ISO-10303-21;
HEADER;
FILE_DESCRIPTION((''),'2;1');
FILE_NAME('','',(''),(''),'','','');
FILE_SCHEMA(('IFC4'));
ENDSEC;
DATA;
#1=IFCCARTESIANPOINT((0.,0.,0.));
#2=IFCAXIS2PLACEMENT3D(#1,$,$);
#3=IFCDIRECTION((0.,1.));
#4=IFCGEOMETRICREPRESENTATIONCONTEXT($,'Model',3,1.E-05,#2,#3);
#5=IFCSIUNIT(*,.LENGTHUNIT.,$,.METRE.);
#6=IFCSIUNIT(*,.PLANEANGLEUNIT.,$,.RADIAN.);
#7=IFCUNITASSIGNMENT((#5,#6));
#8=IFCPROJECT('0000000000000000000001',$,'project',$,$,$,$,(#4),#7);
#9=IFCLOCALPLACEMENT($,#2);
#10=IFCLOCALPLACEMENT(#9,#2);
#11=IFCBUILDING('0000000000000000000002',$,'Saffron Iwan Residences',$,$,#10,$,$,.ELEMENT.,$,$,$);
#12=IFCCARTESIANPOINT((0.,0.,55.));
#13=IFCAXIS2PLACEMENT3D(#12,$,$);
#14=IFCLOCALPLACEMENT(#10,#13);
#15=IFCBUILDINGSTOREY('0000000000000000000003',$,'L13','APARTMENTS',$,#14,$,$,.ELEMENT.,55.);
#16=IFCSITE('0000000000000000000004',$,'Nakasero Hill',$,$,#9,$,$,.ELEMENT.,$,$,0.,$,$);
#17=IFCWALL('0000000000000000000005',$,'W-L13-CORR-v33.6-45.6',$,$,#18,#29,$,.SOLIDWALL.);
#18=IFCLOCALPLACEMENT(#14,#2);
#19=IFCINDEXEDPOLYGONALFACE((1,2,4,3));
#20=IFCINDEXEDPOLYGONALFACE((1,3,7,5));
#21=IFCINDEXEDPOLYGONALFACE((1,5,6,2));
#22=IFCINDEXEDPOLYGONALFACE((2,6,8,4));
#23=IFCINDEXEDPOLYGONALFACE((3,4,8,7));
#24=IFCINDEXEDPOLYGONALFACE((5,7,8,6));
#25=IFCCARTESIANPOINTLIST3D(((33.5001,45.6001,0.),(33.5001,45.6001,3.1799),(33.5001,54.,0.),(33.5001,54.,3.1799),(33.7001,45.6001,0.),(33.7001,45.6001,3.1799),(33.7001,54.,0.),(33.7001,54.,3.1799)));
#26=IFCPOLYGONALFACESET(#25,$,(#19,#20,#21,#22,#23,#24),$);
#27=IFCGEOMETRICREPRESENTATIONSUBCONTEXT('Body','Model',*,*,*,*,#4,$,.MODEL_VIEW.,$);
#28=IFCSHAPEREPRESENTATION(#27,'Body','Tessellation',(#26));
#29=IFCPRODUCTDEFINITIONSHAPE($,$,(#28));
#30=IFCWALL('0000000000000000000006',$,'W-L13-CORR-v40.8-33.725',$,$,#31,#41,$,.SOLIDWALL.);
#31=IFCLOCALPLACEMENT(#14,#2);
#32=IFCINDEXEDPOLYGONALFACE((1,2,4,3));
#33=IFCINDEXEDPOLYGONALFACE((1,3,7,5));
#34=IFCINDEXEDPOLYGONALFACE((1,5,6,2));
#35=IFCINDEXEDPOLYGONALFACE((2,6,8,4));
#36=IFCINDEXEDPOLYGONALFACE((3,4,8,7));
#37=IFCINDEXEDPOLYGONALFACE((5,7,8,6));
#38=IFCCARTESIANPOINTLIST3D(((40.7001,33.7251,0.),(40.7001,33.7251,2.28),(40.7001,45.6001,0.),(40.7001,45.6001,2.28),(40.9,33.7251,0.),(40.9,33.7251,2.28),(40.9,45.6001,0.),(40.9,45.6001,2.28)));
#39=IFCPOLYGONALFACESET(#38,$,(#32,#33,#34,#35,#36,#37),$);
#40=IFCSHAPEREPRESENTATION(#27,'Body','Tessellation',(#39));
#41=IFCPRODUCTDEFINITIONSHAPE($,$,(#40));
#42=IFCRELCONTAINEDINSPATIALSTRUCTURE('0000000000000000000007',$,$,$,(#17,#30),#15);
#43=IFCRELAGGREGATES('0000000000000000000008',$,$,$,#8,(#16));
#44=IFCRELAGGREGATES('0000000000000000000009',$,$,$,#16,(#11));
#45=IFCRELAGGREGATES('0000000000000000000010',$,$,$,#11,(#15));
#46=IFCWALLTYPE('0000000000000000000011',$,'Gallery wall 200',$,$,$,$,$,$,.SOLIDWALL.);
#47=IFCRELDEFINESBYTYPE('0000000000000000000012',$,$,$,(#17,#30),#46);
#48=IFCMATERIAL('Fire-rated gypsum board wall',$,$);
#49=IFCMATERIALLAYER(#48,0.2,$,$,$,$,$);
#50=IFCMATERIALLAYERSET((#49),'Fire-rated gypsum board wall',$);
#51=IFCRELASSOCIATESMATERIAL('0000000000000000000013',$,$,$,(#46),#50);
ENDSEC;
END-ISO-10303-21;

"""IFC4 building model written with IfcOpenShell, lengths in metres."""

from ifc_helpers import new_model, si_unit, direction, frame, frame_2d, origin, place, context, subcontext, project, spatial, rectangle, extrude, material, layer, layer_set, type_object, element, save


model = new_model("IFC4")

# Units and contexts
model_context = context("Model", 3, precision=1e-05, world=origin(), true_north=direction((0.0, 1.0)))
body_context = subcontext(model_context, "Body", "Model", "MODEL_VIEW")
ifc_project = project(units=[si_unit("LENGTHUNIT", "METRE"), si_unit("PLANEANGLEUNIT", "RADIAN")], contexts=[model_context])

# Site, building, storey
site_placement = place(None, origin())
site = spatial("IfcSite", under=ifc_project, at=site_placement, Name="Nakasero Hill", CompositionType="ELEMENT", RefElevation=0.0)
building_placement = place(site_placement, origin())
building = spatial("IfcBuilding", under=site, at=building_placement, Name="Saffron Iwan Residences", CompositionType="ELEMENT")
storey_placement = place(building_placement, frame((0.0, 0.0, 55.0)))
storey = spatial("IfcBuildingStorey", under=building, at=storey_placement, Name="L13", Description="APARTMENTS", CompositionType="ELEMENT", Elevation=55.0)

# Shared definitions
ifc_material_1 = material(Name="Fire-rated gypsum board wall")
ifc_layer_1 = layer(ifc_material_1, 0.2)
ifc_layer_set_1 = layer_set([ifc_layer_1], Name="Fire-rated gypsum board wall")
wall_type_1 = type_object("IfcWallType", Name="Gallery wall 200", PredefinedType="SOLIDWALL", material=ifc_layer_set_1)

# Walls
wall_1_placement = place(storey_placement, frame((33.6001, 45.6001, 0.0), z_axis=(0.0, 0.0, 1.0), x_axis=(0.0, 1.0, 0.0)))
element("IfcWall", 1, at=wall_1_placement, inside=storey, type_object=wall_type_1, Name="W-L13-CORR-v33.6-45.6", PredefinedType="SOLIDWALL", context=body_context, shape_type="SweptSolid", body=[
    extrude(rectangle(XDim=8.3999, YDim=0.2, at=frame_2d((4.2, 0.0))), origin(), (0.0, 0.0, 1.0), 3.1799),
])
wall_2_placement = place(storey_placement, frame((40.8, 33.7251, 0.0), z_axis=(0.0, 0.0, 1.0), x_axis=(0.0, 1.0, 0.0)))
element("IfcWall", 2, at=wall_2_placement, inside=storey, type_object=wall_type_1, Name="W-L13-CORR-v40.8-33.725", PredefinedType="SOLIDWALL", context=body_context, shape_type="SweptSolid", body=[
    extrude(rectangle(XDim=11.875, YDim=0.2, at=frame_2d((5.9375, 0.0))), origin(), (0.0, 0.0, 1.0), 2.28),
])

save(model, "model.ifc")
